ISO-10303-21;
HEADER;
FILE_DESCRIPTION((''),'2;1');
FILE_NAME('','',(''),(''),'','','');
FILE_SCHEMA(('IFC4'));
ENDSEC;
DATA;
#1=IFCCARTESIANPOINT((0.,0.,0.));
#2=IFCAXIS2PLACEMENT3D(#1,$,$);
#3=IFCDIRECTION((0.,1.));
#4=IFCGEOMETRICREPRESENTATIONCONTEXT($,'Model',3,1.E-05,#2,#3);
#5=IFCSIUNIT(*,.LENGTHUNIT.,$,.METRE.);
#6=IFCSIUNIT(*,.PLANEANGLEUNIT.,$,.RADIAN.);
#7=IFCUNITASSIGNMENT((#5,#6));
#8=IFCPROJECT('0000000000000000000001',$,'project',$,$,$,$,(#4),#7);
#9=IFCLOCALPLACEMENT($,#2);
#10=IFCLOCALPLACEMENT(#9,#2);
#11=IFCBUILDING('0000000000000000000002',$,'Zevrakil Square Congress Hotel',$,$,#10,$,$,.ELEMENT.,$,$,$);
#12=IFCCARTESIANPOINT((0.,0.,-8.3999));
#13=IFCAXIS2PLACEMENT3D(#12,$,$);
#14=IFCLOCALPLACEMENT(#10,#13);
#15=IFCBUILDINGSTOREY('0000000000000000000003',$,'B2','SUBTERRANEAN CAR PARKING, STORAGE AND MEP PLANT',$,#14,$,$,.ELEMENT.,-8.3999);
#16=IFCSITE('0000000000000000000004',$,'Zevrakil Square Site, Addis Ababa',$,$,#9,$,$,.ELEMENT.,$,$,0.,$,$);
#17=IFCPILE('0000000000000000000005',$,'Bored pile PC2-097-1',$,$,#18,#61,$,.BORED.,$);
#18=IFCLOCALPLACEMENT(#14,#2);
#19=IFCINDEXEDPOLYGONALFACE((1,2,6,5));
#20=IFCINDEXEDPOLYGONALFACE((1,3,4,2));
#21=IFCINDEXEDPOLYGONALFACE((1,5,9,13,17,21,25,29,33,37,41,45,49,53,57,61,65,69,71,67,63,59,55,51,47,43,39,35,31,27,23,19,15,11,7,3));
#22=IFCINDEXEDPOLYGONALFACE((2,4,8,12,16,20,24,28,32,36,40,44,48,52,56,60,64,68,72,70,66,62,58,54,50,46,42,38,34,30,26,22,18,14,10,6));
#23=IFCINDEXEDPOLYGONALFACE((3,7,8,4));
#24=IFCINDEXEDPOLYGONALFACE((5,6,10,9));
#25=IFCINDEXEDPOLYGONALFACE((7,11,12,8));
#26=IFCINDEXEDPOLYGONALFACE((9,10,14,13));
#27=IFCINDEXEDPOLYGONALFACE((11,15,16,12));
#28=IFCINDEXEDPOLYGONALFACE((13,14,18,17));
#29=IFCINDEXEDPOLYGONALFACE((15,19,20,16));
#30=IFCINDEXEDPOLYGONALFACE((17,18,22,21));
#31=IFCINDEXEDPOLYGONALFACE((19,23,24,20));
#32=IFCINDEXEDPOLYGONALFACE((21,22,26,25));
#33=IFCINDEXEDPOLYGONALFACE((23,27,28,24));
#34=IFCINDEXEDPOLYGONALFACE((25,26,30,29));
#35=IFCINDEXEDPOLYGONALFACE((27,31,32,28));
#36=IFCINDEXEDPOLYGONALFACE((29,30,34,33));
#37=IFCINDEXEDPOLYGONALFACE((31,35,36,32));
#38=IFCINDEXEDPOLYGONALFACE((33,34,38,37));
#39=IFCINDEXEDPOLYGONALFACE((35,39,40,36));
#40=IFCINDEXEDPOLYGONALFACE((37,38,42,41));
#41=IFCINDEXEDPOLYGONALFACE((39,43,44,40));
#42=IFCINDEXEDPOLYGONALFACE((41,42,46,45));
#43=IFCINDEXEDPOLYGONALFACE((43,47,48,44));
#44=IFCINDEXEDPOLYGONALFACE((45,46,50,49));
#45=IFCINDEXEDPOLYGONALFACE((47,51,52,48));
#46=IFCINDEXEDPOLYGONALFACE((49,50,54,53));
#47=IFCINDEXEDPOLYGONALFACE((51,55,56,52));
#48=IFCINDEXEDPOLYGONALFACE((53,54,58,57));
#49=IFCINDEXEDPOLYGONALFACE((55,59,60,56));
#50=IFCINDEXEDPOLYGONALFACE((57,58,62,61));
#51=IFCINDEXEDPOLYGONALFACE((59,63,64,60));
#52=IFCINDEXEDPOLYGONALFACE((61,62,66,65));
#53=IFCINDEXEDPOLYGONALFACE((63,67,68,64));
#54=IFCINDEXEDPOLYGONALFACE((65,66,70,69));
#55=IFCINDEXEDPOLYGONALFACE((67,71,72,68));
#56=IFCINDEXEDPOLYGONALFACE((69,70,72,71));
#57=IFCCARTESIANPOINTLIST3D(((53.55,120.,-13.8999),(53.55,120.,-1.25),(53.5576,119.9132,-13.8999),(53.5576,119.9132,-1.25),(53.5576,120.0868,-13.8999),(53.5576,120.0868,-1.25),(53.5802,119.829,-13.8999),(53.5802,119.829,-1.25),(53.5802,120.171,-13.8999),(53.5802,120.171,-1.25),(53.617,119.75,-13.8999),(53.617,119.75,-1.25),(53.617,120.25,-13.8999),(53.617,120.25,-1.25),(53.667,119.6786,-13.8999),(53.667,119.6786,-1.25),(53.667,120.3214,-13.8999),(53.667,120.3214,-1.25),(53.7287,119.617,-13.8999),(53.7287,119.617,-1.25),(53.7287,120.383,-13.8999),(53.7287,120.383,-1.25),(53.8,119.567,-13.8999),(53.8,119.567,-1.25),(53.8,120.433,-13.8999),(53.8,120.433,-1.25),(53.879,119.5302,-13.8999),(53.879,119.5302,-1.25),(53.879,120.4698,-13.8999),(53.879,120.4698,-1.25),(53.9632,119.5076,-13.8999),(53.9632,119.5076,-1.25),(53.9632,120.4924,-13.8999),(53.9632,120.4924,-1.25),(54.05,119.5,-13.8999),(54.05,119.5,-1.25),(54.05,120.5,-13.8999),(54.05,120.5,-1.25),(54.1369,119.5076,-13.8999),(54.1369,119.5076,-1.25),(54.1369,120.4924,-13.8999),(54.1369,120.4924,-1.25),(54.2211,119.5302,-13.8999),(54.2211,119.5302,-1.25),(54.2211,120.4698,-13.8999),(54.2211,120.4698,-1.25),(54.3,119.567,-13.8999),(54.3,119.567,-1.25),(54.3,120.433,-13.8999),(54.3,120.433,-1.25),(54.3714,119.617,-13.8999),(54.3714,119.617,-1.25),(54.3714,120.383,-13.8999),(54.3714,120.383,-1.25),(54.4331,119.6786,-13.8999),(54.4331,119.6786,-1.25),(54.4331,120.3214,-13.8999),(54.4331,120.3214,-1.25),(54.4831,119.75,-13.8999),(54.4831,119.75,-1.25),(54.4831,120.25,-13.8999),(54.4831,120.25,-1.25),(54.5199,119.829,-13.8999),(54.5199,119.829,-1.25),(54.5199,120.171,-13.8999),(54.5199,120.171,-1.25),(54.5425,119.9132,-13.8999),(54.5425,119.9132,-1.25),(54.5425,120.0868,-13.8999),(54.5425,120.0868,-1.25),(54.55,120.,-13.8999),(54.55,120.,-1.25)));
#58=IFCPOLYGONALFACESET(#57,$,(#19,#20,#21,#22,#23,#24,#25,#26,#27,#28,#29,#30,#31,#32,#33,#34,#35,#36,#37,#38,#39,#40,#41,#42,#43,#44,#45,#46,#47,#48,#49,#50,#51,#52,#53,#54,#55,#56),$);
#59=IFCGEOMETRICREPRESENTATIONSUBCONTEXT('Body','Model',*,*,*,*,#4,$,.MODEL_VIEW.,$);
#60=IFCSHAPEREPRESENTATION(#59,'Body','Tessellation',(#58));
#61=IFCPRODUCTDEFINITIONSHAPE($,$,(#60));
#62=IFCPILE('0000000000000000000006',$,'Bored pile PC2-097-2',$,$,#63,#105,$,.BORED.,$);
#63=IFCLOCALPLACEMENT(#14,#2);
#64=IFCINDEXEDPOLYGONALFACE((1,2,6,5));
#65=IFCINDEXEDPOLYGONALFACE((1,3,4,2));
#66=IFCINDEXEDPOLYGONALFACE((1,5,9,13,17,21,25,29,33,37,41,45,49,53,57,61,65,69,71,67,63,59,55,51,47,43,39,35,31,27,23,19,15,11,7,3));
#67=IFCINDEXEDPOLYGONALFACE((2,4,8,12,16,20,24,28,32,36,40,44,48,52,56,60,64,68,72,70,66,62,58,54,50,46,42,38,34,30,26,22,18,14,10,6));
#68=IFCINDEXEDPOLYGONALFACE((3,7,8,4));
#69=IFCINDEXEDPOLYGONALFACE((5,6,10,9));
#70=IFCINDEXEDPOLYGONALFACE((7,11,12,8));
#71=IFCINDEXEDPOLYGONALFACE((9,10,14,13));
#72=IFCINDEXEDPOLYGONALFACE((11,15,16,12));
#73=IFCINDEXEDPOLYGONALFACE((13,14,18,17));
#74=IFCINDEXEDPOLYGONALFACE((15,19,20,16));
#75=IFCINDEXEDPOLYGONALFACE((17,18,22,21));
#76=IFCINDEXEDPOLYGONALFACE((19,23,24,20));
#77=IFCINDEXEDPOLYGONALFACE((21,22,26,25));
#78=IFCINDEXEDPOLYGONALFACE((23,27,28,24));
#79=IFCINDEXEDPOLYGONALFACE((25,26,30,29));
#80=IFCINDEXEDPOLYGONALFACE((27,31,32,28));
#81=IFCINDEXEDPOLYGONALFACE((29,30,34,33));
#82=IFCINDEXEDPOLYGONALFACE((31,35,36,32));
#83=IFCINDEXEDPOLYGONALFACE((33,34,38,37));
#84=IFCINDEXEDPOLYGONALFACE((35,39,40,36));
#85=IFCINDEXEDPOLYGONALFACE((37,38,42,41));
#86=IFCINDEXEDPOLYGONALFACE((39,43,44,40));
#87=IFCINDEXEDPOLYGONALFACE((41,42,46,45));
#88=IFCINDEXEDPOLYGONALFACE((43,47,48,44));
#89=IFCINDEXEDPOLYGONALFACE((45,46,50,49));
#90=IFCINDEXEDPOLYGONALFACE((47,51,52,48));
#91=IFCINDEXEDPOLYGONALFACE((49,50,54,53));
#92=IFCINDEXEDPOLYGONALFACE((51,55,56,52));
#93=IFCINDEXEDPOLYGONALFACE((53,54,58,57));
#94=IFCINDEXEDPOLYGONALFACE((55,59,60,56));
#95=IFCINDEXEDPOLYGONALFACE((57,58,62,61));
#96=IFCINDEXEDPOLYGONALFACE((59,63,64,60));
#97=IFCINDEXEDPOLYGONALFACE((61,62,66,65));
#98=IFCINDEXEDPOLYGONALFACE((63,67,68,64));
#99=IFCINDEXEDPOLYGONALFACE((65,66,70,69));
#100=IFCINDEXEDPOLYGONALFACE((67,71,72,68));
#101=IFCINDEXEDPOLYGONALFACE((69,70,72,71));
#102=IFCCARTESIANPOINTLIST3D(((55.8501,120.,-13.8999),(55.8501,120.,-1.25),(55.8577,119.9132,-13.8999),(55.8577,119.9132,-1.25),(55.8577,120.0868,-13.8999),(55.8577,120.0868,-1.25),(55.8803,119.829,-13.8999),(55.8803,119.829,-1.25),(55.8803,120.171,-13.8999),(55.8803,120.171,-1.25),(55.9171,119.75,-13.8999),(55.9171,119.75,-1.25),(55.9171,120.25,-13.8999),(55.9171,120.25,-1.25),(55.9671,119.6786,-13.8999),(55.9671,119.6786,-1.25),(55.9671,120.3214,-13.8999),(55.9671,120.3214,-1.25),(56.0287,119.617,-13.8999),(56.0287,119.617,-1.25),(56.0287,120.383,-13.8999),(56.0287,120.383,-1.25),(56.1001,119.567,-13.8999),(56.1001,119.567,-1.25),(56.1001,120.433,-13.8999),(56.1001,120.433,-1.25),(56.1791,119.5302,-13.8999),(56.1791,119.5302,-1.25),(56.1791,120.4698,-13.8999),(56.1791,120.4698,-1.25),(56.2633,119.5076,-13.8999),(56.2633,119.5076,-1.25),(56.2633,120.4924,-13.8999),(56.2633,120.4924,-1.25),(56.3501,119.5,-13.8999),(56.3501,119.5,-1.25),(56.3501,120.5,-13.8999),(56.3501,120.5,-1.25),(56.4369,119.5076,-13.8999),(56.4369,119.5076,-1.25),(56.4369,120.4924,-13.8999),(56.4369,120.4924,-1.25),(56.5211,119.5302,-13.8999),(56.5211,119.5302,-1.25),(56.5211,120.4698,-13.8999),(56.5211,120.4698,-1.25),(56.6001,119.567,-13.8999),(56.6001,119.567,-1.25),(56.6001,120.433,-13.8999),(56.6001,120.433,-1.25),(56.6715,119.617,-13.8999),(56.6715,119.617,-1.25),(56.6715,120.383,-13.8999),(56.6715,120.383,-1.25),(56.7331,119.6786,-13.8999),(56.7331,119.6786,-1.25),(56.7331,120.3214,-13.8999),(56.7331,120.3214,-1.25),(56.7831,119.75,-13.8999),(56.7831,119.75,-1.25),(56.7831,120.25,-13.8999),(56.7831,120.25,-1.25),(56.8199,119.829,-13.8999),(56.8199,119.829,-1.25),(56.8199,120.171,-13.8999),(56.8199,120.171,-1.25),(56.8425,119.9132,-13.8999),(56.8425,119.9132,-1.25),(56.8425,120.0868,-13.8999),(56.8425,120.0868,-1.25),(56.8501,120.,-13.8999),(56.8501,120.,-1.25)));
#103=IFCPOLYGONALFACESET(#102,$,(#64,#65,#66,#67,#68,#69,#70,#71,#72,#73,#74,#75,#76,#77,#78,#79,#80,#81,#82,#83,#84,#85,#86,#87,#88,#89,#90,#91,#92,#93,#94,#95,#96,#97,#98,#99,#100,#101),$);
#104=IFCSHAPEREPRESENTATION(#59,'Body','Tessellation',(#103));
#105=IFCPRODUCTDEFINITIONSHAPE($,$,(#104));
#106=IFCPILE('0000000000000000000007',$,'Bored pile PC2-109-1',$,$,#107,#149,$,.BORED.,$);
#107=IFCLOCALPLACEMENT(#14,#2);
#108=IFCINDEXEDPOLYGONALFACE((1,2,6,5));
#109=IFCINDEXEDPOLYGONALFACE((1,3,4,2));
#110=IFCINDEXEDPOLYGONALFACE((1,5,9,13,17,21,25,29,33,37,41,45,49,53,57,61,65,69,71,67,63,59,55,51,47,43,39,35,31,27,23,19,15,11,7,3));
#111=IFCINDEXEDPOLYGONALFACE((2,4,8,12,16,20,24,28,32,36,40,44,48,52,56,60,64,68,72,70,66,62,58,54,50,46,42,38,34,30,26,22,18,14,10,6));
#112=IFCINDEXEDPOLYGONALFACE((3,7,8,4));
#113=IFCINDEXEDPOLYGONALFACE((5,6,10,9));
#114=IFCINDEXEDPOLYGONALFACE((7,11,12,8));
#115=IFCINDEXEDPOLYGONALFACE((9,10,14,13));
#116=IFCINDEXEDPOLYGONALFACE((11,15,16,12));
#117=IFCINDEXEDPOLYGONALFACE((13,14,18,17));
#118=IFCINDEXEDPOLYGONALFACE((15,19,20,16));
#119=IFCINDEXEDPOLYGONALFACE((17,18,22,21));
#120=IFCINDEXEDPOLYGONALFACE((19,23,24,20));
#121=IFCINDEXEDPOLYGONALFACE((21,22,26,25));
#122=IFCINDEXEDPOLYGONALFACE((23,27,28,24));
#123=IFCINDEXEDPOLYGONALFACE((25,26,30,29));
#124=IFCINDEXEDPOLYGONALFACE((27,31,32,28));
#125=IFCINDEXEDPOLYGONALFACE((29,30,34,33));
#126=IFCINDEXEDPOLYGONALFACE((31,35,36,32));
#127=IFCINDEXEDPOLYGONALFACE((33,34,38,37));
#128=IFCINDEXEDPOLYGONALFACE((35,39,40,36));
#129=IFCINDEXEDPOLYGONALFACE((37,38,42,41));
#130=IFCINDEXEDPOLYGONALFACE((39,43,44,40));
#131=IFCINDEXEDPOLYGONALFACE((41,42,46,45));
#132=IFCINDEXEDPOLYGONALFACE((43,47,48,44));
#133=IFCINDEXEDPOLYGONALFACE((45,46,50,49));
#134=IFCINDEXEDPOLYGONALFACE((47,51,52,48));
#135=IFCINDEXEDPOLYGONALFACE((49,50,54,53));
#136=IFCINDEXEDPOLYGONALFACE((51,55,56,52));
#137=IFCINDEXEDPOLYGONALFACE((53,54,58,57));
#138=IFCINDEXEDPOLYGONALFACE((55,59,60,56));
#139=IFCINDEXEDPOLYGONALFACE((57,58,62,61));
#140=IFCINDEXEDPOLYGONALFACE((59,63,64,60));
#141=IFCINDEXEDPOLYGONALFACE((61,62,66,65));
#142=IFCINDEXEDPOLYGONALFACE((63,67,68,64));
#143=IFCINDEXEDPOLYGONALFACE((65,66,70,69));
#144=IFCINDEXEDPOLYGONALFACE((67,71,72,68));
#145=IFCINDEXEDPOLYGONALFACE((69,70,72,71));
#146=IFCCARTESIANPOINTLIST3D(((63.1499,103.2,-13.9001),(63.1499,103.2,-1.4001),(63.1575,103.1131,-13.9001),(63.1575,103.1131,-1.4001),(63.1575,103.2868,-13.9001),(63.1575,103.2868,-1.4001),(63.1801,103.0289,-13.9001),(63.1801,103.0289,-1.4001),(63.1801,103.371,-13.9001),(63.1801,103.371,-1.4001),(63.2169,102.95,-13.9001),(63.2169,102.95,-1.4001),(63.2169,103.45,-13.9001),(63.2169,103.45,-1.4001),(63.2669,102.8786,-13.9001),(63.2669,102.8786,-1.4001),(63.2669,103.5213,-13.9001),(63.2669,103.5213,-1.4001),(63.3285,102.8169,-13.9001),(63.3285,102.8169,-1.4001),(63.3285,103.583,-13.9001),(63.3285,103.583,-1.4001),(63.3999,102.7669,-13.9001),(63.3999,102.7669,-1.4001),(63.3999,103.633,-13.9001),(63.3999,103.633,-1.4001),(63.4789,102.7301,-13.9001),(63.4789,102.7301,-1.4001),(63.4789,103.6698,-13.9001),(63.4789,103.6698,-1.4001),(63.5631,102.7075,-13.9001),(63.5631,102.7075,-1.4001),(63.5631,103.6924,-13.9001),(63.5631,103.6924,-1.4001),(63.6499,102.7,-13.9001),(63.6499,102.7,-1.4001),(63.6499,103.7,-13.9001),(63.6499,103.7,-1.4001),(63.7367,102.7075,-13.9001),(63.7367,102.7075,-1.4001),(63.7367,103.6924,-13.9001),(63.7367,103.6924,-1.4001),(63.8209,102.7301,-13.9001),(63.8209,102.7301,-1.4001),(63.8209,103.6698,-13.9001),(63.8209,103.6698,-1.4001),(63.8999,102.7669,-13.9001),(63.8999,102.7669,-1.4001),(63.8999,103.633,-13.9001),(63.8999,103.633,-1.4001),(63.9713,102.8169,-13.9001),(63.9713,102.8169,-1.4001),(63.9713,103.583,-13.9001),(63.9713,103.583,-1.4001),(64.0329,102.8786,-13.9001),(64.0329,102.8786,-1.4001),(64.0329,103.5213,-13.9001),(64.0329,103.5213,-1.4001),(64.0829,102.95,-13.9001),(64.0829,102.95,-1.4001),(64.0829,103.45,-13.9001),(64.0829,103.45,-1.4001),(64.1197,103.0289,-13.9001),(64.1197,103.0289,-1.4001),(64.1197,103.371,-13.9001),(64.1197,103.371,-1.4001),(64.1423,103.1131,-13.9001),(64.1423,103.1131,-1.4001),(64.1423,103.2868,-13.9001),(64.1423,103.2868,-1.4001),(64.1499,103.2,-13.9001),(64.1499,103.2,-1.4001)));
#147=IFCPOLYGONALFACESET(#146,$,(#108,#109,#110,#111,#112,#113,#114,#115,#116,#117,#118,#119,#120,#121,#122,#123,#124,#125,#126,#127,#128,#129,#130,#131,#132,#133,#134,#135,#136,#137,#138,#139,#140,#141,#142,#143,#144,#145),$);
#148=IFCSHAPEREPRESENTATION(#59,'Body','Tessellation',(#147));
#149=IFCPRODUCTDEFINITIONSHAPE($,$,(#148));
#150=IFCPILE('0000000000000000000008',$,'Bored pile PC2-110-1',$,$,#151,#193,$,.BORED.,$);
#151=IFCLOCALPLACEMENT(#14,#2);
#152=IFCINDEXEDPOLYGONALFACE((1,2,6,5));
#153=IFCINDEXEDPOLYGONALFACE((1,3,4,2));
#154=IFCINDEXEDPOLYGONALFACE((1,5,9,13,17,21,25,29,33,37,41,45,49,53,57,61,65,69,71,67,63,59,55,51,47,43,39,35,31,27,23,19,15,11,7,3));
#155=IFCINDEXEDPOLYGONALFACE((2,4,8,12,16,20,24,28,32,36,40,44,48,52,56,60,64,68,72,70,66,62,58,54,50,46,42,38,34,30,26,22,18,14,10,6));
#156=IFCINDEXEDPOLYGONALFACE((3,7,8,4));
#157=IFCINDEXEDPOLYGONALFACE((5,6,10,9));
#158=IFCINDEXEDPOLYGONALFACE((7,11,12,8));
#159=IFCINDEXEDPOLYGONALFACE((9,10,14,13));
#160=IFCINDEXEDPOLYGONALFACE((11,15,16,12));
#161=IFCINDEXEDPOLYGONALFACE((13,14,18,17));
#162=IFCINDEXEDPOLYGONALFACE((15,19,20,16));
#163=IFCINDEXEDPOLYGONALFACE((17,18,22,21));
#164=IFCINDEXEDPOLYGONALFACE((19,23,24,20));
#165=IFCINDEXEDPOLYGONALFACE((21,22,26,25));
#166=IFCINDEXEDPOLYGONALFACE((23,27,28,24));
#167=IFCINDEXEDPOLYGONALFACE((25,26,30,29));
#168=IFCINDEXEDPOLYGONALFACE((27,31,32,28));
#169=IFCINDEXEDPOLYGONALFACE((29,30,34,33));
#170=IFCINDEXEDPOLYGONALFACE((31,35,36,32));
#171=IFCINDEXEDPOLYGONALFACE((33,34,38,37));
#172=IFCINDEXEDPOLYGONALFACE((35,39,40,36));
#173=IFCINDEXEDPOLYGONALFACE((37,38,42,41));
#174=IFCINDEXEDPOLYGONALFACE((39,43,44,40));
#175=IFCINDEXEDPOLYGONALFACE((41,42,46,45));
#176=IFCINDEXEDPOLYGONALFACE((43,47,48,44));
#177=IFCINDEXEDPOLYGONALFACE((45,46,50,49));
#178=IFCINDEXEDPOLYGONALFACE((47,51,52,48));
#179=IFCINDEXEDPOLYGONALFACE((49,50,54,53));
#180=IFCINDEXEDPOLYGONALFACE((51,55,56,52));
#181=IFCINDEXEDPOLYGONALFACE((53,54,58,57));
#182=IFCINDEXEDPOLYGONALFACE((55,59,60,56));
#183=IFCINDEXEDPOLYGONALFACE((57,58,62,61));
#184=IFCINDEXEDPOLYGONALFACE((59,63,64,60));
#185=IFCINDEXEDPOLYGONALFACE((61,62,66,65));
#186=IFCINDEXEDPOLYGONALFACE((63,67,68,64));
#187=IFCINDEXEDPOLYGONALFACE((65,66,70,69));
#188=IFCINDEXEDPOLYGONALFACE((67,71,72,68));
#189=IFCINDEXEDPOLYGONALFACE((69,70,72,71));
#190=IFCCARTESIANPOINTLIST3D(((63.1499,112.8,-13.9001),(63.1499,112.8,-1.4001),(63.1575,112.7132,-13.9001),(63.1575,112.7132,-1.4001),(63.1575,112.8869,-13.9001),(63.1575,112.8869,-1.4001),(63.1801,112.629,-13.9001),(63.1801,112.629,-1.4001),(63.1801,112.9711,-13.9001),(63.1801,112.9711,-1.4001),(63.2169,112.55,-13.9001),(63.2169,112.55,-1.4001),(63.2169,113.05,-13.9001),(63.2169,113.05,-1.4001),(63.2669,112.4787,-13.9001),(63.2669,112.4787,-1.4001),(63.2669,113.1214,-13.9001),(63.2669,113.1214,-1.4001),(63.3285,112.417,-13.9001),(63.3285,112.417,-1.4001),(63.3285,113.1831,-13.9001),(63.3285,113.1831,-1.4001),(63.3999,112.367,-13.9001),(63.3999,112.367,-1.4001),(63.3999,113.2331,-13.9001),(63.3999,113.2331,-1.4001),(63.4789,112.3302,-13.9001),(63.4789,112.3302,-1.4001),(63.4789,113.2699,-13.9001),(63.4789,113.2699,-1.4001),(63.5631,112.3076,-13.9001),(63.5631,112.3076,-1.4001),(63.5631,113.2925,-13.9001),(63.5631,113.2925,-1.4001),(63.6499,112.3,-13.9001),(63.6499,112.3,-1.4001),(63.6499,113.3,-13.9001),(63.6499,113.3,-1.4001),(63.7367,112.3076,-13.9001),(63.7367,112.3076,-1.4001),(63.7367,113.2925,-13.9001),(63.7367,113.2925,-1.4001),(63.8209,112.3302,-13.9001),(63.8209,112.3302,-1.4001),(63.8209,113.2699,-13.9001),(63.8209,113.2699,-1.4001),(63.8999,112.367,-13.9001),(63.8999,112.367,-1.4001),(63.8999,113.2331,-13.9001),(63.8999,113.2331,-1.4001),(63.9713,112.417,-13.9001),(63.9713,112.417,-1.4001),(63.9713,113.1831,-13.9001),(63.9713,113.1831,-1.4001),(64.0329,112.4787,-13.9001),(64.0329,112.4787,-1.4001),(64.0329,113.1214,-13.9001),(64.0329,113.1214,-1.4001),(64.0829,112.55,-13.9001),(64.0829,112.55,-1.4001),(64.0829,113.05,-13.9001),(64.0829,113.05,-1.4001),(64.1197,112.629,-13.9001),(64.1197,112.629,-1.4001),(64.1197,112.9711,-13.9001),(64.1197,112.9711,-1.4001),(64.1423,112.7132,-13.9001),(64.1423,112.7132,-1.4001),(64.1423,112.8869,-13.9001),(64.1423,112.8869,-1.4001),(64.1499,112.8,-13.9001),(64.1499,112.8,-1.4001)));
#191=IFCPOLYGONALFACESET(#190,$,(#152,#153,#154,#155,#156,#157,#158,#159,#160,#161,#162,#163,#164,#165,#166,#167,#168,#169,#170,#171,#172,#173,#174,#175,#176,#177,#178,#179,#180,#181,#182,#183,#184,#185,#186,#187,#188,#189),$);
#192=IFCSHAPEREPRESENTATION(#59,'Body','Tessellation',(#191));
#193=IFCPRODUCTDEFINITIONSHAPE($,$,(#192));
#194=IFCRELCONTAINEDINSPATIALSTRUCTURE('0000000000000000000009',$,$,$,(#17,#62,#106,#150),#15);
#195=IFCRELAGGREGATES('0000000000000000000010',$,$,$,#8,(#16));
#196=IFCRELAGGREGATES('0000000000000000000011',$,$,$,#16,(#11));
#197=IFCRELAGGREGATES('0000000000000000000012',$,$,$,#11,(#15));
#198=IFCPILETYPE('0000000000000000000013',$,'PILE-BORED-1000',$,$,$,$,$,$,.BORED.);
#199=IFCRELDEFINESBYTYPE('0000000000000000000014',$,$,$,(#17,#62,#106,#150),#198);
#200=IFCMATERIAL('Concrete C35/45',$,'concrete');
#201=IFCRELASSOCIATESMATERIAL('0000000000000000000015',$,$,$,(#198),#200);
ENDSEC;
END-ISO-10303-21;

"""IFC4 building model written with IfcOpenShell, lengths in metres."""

from ifc_helpers import new_model, si_unit, direction, frame, origin, origin_2d, place, context, subcontext, project, spatial, circle, extrude, material, material_profile, profile_set, type_object, element, save


model = new_model("IFC4")

# Units and contexts
model_context = context("Model", 3, precision=1e-05, world=origin(), true_north=direction((0.0, 1.0)))
body_context = subcontext(model_context, "Body", "Model", "MODEL_VIEW")
ifc_project = project(units=[si_unit("LENGTHUNIT", "METRE"), si_unit("PLANEANGLEUNIT", "RADIAN")], contexts=[model_context])

# Site, building, storey
site_placement = place(None, origin())
site = spatial("IfcSite", under=ifc_project, at=site_placement, Name="Zevrakil Square Site, Addis Ababa", CompositionType="ELEMENT", RefElevation=0.0)
building_placement = place(site_placement, origin())
building = spatial("IfcBuilding", under=site, at=building_placement, Name="Zevrakil Square Congress Hotel", CompositionType="ELEMENT")
storey_placement = place(building_placement, frame((0.0, 0.0, -8.3999)))
storey = spatial("IfcBuildingStorey", under=building, at=storey_placement, Name="B2", Description="SUBTERRANEAN CAR PARKING, STORAGE AND MEP PLANT", CompositionType="ELEMENT", Elevation=-8.3999)

# Piles
ifc_material_1 = material(Name="Concrete C35/45", Category="concrete")
ifc_material_profile_1 = material_profile(ifc_material_1, circle(Radius=0.5, at=origin_2d()), Name="PILE D1000")
ifc_profile_set_1 = profile_set([ifc_material_profile_1], Name="Concrete C35/45")
pile_type = type_object("IfcPileType", Name="PILE-BORED-1000", PredefinedType="BORED", material=ifc_profile_set_1)
for number, where, z_axis, x_axis, name in (
    (1, (54.05, 120.0, -1.25), (0.0, 0.0, -1.0), (1.0, 0.0, 0.0), "Bored pile PC2-097-1"),
    (2, (56.3501, 120.0, -1.25), (0.0, 0.0, -1.0), (1.0, 0.0, 0.0), "Bored pile PC2-097-2"),
):
    element("IfcPile", number, at=place(storey_placement, frame(where, z_axis=z_axis, x_axis=x_axis)), inside=storey, type_object=pile_type, Name=name, PredefinedType="BORED", context=body_context, shape_type="SweptSolid", body=[
        extrude(circle(Radius=0.5, at=origin_2d()), origin(), (0.0, 0.0, 1.0), 12.6499),
    ])
for number, where, z_axis, x_axis, name in (
    (3, (63.6499, 103.2, -1.4001), (0.0, 0.0, -1.0), (1.0, 0.0, 0.0), "Bored pile PC2-109-1"),
    (4, (63.6499, 112.8, -1.4001), (0.0, 0.0, -1.0), (1.0, 0.0, 0.0), "Bored pile PC2-110-1"),
):
    element("IfcPile", number, at=place(storey_placement, frame(where, z_axis=z_axis, x_axis=x_axis)), inside=storey, type_object=pile_type, Name=name, PredefinedType="BORED", context=body_context, shape_type="SweptSolid", body=[
        extrude(circle(Radius=0.5, at=origin_2d()), origin(), (0.0, 0.0, 1.0), 12.5),
    ])

save(model, "model.ifc")
